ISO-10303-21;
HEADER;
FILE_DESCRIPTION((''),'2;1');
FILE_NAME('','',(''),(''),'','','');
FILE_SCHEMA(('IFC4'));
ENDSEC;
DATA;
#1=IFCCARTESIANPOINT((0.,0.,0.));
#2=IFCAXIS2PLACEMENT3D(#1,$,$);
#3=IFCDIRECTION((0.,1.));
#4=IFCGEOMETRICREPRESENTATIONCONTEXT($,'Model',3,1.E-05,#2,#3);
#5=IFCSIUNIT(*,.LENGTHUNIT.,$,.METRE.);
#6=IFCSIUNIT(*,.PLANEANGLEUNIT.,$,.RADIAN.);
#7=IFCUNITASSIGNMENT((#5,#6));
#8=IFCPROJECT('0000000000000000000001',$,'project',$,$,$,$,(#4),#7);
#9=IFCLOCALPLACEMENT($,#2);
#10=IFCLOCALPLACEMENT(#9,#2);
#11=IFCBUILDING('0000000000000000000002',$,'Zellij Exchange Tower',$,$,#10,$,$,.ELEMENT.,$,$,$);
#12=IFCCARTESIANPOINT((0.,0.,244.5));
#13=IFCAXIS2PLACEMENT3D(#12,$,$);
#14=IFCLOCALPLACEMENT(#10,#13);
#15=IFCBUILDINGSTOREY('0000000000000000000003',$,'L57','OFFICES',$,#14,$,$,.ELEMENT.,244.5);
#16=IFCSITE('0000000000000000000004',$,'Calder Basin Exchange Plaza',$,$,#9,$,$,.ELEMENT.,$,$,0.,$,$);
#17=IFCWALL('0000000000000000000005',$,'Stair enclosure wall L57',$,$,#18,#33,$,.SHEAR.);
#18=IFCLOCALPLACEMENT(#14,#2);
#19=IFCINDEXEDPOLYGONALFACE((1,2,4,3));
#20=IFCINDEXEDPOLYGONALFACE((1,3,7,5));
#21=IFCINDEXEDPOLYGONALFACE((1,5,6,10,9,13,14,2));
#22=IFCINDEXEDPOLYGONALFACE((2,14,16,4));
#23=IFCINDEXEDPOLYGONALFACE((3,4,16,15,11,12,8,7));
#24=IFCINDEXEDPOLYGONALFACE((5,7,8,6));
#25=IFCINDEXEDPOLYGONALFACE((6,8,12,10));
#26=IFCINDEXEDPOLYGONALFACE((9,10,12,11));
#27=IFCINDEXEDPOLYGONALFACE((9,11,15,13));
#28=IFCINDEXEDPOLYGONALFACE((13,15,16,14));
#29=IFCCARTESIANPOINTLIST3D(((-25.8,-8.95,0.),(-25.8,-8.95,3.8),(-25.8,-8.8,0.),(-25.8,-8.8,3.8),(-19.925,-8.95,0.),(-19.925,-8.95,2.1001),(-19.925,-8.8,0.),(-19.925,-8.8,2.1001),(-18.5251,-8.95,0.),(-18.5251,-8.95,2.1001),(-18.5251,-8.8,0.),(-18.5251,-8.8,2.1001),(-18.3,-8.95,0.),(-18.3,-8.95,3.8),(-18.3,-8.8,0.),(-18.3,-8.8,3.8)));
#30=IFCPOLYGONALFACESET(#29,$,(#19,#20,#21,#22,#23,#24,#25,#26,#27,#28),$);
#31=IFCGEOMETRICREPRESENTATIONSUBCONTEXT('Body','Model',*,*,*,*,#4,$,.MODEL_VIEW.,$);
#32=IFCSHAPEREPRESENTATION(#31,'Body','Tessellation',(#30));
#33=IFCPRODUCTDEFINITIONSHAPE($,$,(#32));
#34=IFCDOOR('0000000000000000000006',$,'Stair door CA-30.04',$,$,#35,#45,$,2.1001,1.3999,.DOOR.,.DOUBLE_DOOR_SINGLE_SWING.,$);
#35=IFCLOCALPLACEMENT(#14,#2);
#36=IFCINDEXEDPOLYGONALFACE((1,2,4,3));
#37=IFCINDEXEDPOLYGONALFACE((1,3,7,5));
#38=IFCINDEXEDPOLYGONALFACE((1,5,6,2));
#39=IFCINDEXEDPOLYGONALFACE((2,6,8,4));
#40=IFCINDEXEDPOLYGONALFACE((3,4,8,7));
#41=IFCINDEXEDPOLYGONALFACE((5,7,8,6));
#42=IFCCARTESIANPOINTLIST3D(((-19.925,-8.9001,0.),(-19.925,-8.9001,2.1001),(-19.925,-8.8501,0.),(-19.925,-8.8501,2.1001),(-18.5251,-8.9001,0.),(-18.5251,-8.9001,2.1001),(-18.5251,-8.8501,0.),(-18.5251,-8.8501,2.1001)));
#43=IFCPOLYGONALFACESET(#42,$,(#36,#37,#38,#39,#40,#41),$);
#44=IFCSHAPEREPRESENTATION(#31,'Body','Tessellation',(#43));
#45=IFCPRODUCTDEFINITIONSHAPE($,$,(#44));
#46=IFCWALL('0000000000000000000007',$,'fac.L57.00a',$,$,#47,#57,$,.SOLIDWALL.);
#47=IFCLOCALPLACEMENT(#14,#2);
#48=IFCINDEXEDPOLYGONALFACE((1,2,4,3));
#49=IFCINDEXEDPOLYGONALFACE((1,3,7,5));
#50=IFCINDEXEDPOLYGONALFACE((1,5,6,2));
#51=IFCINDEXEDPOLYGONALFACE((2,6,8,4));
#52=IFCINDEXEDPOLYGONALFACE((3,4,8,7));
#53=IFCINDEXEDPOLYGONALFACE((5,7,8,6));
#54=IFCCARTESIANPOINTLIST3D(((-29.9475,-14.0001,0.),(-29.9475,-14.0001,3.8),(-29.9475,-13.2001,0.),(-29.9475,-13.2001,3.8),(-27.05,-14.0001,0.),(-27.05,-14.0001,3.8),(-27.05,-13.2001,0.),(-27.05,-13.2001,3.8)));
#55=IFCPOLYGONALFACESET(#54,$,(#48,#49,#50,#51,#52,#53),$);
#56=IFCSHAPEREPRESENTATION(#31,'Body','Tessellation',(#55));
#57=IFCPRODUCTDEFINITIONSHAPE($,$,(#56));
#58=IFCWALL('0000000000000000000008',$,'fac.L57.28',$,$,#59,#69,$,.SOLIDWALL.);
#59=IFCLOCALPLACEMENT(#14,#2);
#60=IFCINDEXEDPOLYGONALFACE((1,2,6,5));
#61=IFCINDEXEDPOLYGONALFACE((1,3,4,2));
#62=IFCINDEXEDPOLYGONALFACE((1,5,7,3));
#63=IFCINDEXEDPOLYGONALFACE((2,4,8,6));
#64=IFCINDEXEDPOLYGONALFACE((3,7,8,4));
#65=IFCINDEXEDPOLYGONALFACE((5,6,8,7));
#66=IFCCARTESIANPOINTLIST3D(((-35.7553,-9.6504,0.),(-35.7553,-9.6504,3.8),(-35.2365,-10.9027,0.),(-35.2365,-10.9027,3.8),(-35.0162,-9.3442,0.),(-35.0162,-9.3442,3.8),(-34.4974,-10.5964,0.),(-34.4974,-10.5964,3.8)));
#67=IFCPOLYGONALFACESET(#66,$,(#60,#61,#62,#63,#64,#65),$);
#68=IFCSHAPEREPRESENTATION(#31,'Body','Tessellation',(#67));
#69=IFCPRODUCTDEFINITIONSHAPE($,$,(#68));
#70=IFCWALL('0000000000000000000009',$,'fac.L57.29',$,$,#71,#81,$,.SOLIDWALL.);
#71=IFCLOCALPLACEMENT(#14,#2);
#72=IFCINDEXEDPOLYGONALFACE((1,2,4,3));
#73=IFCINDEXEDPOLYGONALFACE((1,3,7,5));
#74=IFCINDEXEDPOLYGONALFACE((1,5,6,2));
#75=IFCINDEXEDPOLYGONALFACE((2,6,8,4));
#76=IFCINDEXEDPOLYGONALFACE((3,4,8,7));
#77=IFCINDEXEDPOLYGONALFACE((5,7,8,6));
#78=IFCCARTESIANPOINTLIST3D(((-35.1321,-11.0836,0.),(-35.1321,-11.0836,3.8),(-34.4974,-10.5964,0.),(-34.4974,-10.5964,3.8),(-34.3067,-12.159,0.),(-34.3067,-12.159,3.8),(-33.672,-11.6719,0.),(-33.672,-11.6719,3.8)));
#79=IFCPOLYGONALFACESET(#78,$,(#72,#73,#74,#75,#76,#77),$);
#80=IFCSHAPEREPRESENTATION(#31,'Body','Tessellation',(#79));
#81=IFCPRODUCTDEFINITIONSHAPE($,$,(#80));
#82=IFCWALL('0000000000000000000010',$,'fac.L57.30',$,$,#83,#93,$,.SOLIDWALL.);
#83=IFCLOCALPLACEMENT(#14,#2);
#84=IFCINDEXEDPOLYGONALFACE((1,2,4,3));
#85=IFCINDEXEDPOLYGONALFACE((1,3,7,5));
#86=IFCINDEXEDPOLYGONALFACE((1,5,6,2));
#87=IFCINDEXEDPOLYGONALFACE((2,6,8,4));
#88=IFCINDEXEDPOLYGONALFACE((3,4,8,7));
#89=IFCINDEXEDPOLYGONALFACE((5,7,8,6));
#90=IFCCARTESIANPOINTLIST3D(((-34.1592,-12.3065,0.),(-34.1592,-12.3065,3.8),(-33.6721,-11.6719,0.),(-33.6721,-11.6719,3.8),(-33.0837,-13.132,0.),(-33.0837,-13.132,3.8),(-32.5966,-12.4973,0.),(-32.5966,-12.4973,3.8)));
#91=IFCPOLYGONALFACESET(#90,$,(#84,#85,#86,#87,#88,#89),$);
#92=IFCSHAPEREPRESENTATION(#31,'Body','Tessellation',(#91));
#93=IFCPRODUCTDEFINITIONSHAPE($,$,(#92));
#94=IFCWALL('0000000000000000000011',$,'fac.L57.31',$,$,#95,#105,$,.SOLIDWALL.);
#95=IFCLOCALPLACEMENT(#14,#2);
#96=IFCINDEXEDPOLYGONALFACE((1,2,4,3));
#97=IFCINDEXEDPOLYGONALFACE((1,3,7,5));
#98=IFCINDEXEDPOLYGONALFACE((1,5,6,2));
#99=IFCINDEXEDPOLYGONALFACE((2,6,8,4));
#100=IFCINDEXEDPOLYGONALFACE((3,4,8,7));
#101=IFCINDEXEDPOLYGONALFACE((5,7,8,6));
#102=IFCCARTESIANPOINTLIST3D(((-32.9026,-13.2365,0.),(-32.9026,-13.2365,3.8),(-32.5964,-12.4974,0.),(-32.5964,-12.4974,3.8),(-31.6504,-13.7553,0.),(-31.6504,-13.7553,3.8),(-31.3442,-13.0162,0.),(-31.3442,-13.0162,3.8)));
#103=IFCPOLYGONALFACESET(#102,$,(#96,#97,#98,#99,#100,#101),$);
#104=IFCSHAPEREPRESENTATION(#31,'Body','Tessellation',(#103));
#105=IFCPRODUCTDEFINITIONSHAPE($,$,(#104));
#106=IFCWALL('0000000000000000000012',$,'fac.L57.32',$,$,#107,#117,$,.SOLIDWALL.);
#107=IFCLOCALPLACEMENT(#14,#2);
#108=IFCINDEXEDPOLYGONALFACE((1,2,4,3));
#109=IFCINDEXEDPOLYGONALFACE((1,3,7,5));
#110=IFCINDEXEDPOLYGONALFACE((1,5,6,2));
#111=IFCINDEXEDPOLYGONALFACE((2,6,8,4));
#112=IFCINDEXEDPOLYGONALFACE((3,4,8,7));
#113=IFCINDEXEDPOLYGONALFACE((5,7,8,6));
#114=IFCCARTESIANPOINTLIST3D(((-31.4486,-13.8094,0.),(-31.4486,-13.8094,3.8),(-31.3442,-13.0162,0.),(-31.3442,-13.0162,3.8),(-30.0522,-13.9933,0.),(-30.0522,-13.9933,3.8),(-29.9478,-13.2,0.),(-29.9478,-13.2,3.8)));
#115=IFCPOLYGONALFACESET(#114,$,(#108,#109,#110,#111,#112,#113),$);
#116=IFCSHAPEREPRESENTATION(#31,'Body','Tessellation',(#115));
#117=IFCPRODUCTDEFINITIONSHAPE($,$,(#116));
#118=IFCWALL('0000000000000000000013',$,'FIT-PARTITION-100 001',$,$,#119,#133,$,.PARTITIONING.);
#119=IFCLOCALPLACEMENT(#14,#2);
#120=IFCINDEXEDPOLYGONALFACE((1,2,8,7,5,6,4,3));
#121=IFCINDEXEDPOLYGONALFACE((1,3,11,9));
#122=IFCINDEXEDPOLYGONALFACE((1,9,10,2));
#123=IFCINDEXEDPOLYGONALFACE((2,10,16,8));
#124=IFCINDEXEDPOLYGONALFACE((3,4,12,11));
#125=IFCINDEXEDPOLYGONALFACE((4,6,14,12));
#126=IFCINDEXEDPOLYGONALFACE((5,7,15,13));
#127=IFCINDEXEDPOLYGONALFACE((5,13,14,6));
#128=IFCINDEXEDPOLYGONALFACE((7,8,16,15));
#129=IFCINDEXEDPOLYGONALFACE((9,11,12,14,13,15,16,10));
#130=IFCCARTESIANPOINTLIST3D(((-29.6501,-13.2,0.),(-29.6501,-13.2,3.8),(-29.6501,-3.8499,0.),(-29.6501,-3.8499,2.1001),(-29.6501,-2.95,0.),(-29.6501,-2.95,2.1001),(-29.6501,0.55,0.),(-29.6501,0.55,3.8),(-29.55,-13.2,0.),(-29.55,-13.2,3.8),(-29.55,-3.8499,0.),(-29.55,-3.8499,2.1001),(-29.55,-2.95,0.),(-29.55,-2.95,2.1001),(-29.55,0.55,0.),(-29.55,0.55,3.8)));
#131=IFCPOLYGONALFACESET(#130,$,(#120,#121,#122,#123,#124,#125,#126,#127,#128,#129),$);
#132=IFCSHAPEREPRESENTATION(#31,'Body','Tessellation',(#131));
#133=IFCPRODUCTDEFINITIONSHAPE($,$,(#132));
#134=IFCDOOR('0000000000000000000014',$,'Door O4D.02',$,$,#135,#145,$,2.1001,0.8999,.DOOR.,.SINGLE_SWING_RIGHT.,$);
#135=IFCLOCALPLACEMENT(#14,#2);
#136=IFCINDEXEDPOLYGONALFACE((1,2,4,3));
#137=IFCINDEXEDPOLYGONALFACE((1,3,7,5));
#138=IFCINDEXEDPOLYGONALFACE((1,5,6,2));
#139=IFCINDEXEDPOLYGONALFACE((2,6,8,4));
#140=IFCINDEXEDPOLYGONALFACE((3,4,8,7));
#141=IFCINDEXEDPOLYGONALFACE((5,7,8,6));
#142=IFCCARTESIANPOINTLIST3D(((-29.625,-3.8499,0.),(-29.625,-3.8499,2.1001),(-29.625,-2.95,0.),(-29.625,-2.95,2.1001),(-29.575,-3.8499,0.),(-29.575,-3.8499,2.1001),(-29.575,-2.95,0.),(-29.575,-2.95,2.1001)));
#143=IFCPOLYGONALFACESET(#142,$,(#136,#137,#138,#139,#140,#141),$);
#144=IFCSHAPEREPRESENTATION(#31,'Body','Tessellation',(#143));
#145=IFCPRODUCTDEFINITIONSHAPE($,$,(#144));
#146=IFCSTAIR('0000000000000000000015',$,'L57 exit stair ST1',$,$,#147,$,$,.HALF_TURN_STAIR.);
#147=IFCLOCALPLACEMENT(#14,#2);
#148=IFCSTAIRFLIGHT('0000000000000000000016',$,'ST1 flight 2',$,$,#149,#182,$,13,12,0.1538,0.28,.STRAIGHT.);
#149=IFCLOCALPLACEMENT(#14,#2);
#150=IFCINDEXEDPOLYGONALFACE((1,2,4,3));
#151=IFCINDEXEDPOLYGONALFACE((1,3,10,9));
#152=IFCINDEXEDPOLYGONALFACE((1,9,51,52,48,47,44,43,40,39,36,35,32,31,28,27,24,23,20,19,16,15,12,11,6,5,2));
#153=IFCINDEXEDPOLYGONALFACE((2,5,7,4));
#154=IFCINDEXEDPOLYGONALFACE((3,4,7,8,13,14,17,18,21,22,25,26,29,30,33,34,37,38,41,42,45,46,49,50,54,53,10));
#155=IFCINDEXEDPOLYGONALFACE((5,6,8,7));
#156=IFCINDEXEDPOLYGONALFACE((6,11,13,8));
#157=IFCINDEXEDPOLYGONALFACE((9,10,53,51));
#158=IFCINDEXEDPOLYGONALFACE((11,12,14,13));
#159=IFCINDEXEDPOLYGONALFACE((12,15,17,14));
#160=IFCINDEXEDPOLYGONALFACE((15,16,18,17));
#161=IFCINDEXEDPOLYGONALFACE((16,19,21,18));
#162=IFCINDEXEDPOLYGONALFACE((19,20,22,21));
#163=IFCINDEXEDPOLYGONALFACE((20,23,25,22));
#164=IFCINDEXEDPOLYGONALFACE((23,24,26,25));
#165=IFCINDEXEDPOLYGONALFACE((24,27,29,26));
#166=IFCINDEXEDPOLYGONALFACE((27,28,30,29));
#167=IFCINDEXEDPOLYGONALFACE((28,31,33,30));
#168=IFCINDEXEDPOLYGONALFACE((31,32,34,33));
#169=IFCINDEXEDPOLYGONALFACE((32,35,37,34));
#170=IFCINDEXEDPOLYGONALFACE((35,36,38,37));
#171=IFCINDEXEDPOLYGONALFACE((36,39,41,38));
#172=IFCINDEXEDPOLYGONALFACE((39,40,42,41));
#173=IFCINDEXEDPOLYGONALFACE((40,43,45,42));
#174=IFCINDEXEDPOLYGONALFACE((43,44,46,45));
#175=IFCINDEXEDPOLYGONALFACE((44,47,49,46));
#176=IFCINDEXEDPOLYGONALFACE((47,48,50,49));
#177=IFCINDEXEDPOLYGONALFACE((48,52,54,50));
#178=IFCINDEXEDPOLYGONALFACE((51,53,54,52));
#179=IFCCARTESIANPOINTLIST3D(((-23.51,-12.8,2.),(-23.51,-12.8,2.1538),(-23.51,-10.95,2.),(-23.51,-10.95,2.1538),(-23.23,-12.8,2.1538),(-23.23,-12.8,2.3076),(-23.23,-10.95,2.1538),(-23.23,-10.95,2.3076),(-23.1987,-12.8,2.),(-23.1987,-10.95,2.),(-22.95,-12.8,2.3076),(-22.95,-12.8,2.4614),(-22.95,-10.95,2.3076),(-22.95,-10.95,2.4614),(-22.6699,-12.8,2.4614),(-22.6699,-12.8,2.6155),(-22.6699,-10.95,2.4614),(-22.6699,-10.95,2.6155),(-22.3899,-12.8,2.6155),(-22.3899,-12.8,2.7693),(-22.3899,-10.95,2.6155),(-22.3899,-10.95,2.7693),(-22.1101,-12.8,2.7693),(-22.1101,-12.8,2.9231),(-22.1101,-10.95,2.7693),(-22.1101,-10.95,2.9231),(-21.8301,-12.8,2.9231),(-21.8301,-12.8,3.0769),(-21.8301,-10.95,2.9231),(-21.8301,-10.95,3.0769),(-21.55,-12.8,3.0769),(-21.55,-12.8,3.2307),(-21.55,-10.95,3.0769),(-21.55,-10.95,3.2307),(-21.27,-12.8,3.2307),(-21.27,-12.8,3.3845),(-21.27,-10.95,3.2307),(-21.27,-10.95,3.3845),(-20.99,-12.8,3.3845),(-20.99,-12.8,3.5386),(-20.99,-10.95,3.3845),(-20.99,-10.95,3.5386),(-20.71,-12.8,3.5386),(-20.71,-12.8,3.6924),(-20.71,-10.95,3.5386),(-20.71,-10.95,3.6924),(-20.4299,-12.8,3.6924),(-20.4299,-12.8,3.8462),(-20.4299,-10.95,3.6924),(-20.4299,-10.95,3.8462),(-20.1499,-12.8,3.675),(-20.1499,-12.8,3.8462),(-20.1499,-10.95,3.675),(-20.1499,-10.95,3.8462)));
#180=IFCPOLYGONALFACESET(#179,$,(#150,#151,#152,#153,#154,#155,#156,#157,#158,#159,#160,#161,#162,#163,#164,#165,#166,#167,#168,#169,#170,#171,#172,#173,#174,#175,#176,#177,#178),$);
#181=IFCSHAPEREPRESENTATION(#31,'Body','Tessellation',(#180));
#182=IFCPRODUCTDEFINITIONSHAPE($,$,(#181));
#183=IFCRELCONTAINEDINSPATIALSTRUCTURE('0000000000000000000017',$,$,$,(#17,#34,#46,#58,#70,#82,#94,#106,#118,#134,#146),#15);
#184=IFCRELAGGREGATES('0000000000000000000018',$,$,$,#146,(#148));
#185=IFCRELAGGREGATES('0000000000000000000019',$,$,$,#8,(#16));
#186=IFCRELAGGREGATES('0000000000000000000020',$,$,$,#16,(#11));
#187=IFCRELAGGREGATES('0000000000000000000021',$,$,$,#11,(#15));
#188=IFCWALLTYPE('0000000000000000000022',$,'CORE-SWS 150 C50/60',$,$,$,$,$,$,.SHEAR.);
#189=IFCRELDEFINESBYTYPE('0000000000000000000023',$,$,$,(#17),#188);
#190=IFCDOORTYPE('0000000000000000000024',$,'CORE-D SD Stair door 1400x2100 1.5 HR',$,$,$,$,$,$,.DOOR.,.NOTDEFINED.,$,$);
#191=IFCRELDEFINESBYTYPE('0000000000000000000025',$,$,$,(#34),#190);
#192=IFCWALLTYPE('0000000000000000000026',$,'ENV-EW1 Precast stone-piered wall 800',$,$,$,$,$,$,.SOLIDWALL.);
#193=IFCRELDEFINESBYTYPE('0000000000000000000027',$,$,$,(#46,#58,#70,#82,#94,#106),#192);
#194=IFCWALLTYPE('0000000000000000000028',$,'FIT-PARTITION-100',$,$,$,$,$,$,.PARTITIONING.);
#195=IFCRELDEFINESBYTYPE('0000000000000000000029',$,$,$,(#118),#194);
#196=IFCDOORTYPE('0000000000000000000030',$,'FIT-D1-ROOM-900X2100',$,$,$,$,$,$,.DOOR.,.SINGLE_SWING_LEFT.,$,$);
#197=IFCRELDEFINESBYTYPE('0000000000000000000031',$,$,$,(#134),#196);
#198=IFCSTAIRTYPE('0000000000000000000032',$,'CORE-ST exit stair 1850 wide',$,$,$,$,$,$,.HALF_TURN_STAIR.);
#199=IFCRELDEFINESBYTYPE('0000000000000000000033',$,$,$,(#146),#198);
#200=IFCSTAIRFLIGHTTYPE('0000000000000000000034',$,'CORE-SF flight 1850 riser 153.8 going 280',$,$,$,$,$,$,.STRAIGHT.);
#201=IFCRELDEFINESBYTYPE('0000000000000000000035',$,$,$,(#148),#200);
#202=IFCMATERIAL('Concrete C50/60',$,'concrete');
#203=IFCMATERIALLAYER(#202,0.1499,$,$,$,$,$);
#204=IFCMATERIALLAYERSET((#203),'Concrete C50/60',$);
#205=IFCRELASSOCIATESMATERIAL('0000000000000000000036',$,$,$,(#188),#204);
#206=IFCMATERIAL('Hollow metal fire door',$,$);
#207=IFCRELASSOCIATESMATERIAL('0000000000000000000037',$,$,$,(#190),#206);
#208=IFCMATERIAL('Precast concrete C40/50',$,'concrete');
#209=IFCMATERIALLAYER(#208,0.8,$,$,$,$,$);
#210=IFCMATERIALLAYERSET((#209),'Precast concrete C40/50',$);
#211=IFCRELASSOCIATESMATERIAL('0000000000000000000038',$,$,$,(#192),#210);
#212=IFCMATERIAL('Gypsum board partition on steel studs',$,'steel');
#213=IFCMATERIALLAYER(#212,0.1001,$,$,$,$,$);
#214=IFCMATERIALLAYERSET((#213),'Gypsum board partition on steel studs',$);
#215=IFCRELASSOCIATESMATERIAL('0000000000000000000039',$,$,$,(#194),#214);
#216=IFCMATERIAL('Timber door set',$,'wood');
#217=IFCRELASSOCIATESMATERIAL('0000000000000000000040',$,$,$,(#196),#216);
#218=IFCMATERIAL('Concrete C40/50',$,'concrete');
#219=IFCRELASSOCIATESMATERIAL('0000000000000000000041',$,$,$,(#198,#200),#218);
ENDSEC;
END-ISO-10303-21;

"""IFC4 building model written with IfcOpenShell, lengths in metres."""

from ifc_helpers import new_model, si_unit, direction, frame, frame_2d, origin, place, context, subcontext, project, spatial, polyline, rectangle, outline, extrude, material, layer, layer_set, type_object, element, fill, aggregate, save


model = new_model("IFC4")

# Units and contexts
model_context = context("Model", 3, precision=1e-05, world=origin(), true_north=direction((0.0, 1.0)))
body_context = subcontext(model_context, "Body", "Model", "MODEL_VIEW")
ifc_project = project(units=[si_unit("LENGTHUNIT", "METRE"), si_unit("PLANEANGLEUNIT", "RADIAN")], contexts=[model_context])

# Site, building, storey
site_placement = place(None, origin())
site = spatial("IfcSite", under=ifc_project, at=site_placement, Name="Calder Basin Exchange Plaza", CompositionType="ELEMENT", RefElevation=0.0)
building_placement = place(site_placement, origin())
building = spatial("IfcBuilding", under=site, at=building_placement, Name="Zellij Exchange Tower", CompositionType="ELEMENT")
storey_placement = place(building_placement, frame((0.0, 0.0, 244.5)))
storey = spatial("IfcBuildingStorey", under=building, at=storey_placement, Name="L57", Description="OFFICES", CompositionType="ELEMENT", Elevation=244.5)

# Shared definitions
ifc_material_1 = material(Name="Concrete C50/60", Category="concrete")

# Wall, opening, door
ifc_material_2 = material(Name="Hollow metal fire door")
ifc_layer_1 = layer(ifc_material_1, 0.1499)
ifc_layer_set_1 = layer_set([ifc_layer_1], Name="Concrete C50/60")
wall_type_1 = type_object("IfcWallType", Name="CORE-SWS 150 C50/60", PredefinedType="SHEAR", material=ifc_layer_set_1)
wall_1_placement = place(storey_placement, frame((-25.8, -8.875, 0.0), z_axis=(0.0, 0.0, 1.0), x_axis=(1.0, 0.0, 0.0)))
wall_1 = element("IfcWall", 1, at=wall_1_placement, inside=storey, type_object=wall_type_1, Name="Stair enclosure wall L57", PredefinedType="SHEAR", context=body_context, shape_type="SweptSolid", body=[
    extrude(rectangle(XDim=7.5, YDim=0.1499, at=frame_2d((3.75, 0.0))), origin(), (0.0, 0.0, 1.0), 3.8),
])
opening_1_placement = place(wall_1_placement, frame((5.875, 0.0, 0.0)))
opening_1 = element("IfcOpeningElement", 2, at=opening_1_placement, cuts=wall_1, PredefinedType="OPENING", context=body_context, shape_type="SweptSolid", body=[
    extrude(rectangle(XDim=1.3999, YDim=2.1001, at=frame_2d((0.7, 1.05))), frame((0.0, 0.0869, 0.0), z_axis=(0.0, -1.0, 0.0), x_axis=(1.0, 0.0, 0.0)), (0.0, 0.0, 1.0), 0.1738),
])
door_type_1 = type_object("IfcDoorType", Name="CORE-D SD Stair door 1400x2100 1.5 HR", OperationType="NOTDEFINED", PredefinedType="DOOR", material=ifc_material_2)
door_1_placement = place(opening_1_placement, origin())
door_1 = element("IfcDoor", 3, at=door_1_placement, inside=storey, type_object=door_type_1, Name="Stair door CA-30.04", OperationType="DOUBLE_DOOR_SINGLE_SWING", OverallHeight=2.1001, OverallWidth=1.3999, PredefinedType="DOOR", context=body_context, shape_type="SweptSolid", body=[
    extrude(rectangle(XDim=1.3999, YDim=2.1001, at=frame_2d((0.7, 1.05))), frame((0.0, 0.0249, 0.0), z_axis=(0.0, -1.0, 0.0), x_axis=(1.0, 0.0, 0.0)), (0.0, 0.0, 1.0), 0.05),
])
fill(opening_1, door_1)

# Walls
ifc_material_3 = material(Name="Precast concrete C40/50", Category="concrete")
ifc_layer_2 = layer(ifc_material_3, 0.8)
ifc_layer_set_2 = layer_set([ifc_layer_2], Name="Precast concrete C40/50")
wall_type_2 = type_object("IfcWallType", Name="ENV-EW1 Precast stone-piered wall 800", PredefinedType="SOLIDWALL", material=ifc_layer_set_2)
wall_2_placement = place(storey_placement, frame((-29.9475, -13.6001, 0.0), z_axis=(0.0, 0.0, 1.0), x_axis=(1.0, 0.0, 0.0)))
element("IfcWall", 4, at=wall_2_placement, inside=storey, type_object=wall_type_2, Name="fac.L57.00a", PredefinedType="SOLIDWALL", context=body_context, shape_type="SweptSolid", body=[
    extrude(rectangle(XDim=2.8975, YDim=0.8, at=frame_2d((1.4487, 0.0))), origin(), (0.0, 0.0, 1.0), 3.8),
])
wall_3_placement = place(storey_placement, frame((-35.3857, -9.4973, 0.0), z_axis=(0.0, 0.0, 1.0), x_axis=(0.38276, -0.923848, 0.0)))
element("IfcWall", 5, at=wall_3_placement, inside=storey, type_object=wall_type_2, Name="fac.L57.28", PredefinedType="SOLIDWALL", context=body_context, shape_type="SweptSolid", body=[
    extrude(rectangle(XDim=1.3555, YDim=0.8, at=frame_2d((0.6777, 0.0))), origin(), (0.0, 0.0, 1.0), 3.8),
])
for number, where, z_axis, x_axis, name in (
    (6, (-34.8147, -10.8401, 0.0), (0.0, 0.0, 1.0), (0.608866, -0.793273, 0.0), "fac.L57.29"),
    (7, (-33.9155, -11.9893, 0.0), (0.0, 0.0, 1.0), (0.793273, -0.608866, 0.0), "fac.L57.30"),
):
    element("IfcWall", number, at=place(storey_placement, frame(where, z_axis=z_axis, x_axis=x_axis)), inside=storey, type_object=wall_type_2, Name=name, PredefinedType="SOLIDWALL", context=body_context, shape_type="SweptSolid", body=[
        extrude(rectangle(XDim=1.3557, YDim=0.8, at=frame_2d((0.6777, 0.0))), origin(), (0.0, 0.0, 1.0), 3.8),
    ])
wall_4_placement = place(storey_placement, frame((-32.7495, -12.8669, 0.0), z_axis=(0.0, 0.0, 1.0), x_axis=(0.923848, -0.38276, 0.0)))
element("IfcWall", 8, at=wall_4_placement, inside=storey, type_object=wall_type_2, Name="fac.L57.31", PredefinedType="SOLIDWALL", context=body_context, shape_type="SweptSolid", body=[
    extrude(rectangle(XDim=1.3555, YDim=0.8, at=frame_2d((0.6777, 0.0))), origin(), (0.0, 0.0, 1.0), 3.8),
])
wall_5_placement = place(storey_placement, frame((-31.3962, -13.4128, 0.0), z_axis=(0.0, 0.0, 1.0), x_axis=(0.991446, -0.130517, 0.0)))
element("IfcWall", 9, at=wall_5_placement, inside=storey, type_object=wall_type_2, Name="fac.L57.32", PredefinedType="SOLIDWALL", context=body_context, shape_type="SweptSolid", body=[
    extrude(rectangle(XDim=1.4084, YDim=0.8, at=frame_2d((0.7041, 0.0))), origin(), (0.0, 0.0, 1.0), 3.8),
])

# Wall, opening, door
ifc_material_4 = material(Name="Gypsum board partition on steel studs", Category="steel")
ifc_layer_3 = layer(ifc_material_4, 0.1001)
ifc_layer_set_3 = layer_set([ifc_layer_3], Name="Gypsum board partition on steel studs")
wall_type_3 = type_object("IfcWallType", Name="FIT-PARTITION-100", PredefinedType="PARTITIONING", material=ifc_layer_set_3)
wall_6_placement = place(storey_placement, frame((-29.6001, -13.2, 0.0), z_axis=(0.0, 0.0, 1.0), x_axis=(0.0, 1.0, 0.0)))
wall_6 = element("IfcWall", 10, at=wall_6_placement, inside=storey, type_object=wall_type_3, Name="FIT-PARTITION-100 001", PredefinedType="PARTITIONING", context=body_context, shape_type="SweptSolid", body=[
    extrude(rectangle(XDim=13.75, YDim=0.1001, at=frame_2d((6.875, 0.0))), origin(), (0.0, 0.0, 1.0), 3.8),
])
opening_2_placement = place(wall_6_placement, frame((9.3501, 0.0, 0.0)))
opening_2 = element("IfcOpeningElement", 11, at=opening_2_placement, cuts=wall_6, PredefinedType="OPENING", context=body_context, shape_type="SweptSolid", body=[
    extrude(rectangle(XDim=0.8999, YDim=2.1001, at=frame_2d((0.45, 1.05))), frame((0.0, 0.062, 0.0), z_axis=(0.0, -1.0, 0.0), x_axis=(1.0, 0.0, 0.0)), (0.0, 0.0, 1.0), 0.124),
])
ifc_material_5 = material(Name="Timber door set", Category="wood")
door_type_2 = type_object("IfcDoorType", Name="FIT-D1-ROOM-900X2100", OperationType="SINGLE_SWING_LEFT", PredefinedType="DOOR", material=ifc_material_5)
door_2_placement = place(opening_2_placement, origin())
door_2 = element("IfcDoor", 12, at=door_2_placement, inside=storey, type_object=door_type_2, Name="Door O4D.02", OperationType="SINGLE_SWING_RIGHT", OverallHeight=2.1001, OverallWidth=0.8999, PredefinedType="DOOR", context=body_context, shape_type="SweptSolid", body=[
    extrude(rectangle(XDim=0.8999, YDim=2.1001, at=frame_2d((0.45, 1.05))), frame((0.0, 0.0249, 0.0), z_axis=(0.0, -1.0, 0.0), x_axis=(1.0, 0.0, 0.0)), (0.0, 0.0, 1.0), 0.05),
])
fill(opening_2, door_2)

# Stair, stair flight
ifc_material_6 = material(Name="Concrete C40/50", Category="concrete")
stair_type = type_object("IfcStairType", Name="CORE-ST exit stair 1850 wide", PredefinedType="HALF_TURN_STAIR", material=ifc_material_6)
stair_placement = place(storey_placement, origin())
stair = element("IfcStair", 13, at=stair_placement, inside=storey, type_object=stair_type, Name="L57 exit stair ST1", PredefinedType="HALF_TURN_STAIR")
stair_flight_type = type_object("IfcStairFlightType", Name="CORE-SF flight 1850 riser 153.8 going 280", PredefinedType="STRAIGHT", material=ifc_material_6)
stair_flight_placement = place(storey_placement, frame((-23.51, -11.875, 2.0), z_axis=(0.0, 0.0, 1.0), x_axis=(1.0, 0.0, 0.0)))
stair_flight = element("IfcStairFlight", 14, at=stair_flight_placement, type_object=stair_flight_type, Name="ST1 flight 2", NumberOfRisers=13, NumberOfTreads=12, PredefinedType="STRAIGHT", RiserHeight=0.1538, TreadLength=0.28, context=body_context, shape_type="SweptSolid", body=[
    extrude(outline(polyline([(0.0, 0.0), (0.0, 0.1538), (0.28, 0.1538), (0.28, 0.3076), (0.5601, 0.3076), (0.5601, 0.4614), (0.8401, 0.4614), (0.8401, 0.6155), (1.1201, 0.6155), (1.1201, 0.7693), (1.3999, 0.7693), (1.3999, 0.9231), (1.6799, 0.9231), (1.6799, 1.0769), (1.96, 1.0769), (1.96, 1.2307), (2.24, 1.2307), (2.24, 1.3845), (2.52, 1.3845), (2.52, 1.5386), (2.8, 1.5386), (2.8, 1.6924), (3.0801, 1.6924), (3.0801, 1.8462), (3.3601, 1.8462), (3.3601, 2.0), (3.3601, 1.675), (0.3113, 0.0), (0.0, 0.0)])), frame((0.0, 0.925, 0.0), z_axis=(0.0, -1.0, 0.0), x_axis=(1.0, 0.0, 0.0)), (0.0, 0.0, 1.0), 1.8501),
])
aggregate(stair, [stair_flight])

save(model, "model.ifc")
